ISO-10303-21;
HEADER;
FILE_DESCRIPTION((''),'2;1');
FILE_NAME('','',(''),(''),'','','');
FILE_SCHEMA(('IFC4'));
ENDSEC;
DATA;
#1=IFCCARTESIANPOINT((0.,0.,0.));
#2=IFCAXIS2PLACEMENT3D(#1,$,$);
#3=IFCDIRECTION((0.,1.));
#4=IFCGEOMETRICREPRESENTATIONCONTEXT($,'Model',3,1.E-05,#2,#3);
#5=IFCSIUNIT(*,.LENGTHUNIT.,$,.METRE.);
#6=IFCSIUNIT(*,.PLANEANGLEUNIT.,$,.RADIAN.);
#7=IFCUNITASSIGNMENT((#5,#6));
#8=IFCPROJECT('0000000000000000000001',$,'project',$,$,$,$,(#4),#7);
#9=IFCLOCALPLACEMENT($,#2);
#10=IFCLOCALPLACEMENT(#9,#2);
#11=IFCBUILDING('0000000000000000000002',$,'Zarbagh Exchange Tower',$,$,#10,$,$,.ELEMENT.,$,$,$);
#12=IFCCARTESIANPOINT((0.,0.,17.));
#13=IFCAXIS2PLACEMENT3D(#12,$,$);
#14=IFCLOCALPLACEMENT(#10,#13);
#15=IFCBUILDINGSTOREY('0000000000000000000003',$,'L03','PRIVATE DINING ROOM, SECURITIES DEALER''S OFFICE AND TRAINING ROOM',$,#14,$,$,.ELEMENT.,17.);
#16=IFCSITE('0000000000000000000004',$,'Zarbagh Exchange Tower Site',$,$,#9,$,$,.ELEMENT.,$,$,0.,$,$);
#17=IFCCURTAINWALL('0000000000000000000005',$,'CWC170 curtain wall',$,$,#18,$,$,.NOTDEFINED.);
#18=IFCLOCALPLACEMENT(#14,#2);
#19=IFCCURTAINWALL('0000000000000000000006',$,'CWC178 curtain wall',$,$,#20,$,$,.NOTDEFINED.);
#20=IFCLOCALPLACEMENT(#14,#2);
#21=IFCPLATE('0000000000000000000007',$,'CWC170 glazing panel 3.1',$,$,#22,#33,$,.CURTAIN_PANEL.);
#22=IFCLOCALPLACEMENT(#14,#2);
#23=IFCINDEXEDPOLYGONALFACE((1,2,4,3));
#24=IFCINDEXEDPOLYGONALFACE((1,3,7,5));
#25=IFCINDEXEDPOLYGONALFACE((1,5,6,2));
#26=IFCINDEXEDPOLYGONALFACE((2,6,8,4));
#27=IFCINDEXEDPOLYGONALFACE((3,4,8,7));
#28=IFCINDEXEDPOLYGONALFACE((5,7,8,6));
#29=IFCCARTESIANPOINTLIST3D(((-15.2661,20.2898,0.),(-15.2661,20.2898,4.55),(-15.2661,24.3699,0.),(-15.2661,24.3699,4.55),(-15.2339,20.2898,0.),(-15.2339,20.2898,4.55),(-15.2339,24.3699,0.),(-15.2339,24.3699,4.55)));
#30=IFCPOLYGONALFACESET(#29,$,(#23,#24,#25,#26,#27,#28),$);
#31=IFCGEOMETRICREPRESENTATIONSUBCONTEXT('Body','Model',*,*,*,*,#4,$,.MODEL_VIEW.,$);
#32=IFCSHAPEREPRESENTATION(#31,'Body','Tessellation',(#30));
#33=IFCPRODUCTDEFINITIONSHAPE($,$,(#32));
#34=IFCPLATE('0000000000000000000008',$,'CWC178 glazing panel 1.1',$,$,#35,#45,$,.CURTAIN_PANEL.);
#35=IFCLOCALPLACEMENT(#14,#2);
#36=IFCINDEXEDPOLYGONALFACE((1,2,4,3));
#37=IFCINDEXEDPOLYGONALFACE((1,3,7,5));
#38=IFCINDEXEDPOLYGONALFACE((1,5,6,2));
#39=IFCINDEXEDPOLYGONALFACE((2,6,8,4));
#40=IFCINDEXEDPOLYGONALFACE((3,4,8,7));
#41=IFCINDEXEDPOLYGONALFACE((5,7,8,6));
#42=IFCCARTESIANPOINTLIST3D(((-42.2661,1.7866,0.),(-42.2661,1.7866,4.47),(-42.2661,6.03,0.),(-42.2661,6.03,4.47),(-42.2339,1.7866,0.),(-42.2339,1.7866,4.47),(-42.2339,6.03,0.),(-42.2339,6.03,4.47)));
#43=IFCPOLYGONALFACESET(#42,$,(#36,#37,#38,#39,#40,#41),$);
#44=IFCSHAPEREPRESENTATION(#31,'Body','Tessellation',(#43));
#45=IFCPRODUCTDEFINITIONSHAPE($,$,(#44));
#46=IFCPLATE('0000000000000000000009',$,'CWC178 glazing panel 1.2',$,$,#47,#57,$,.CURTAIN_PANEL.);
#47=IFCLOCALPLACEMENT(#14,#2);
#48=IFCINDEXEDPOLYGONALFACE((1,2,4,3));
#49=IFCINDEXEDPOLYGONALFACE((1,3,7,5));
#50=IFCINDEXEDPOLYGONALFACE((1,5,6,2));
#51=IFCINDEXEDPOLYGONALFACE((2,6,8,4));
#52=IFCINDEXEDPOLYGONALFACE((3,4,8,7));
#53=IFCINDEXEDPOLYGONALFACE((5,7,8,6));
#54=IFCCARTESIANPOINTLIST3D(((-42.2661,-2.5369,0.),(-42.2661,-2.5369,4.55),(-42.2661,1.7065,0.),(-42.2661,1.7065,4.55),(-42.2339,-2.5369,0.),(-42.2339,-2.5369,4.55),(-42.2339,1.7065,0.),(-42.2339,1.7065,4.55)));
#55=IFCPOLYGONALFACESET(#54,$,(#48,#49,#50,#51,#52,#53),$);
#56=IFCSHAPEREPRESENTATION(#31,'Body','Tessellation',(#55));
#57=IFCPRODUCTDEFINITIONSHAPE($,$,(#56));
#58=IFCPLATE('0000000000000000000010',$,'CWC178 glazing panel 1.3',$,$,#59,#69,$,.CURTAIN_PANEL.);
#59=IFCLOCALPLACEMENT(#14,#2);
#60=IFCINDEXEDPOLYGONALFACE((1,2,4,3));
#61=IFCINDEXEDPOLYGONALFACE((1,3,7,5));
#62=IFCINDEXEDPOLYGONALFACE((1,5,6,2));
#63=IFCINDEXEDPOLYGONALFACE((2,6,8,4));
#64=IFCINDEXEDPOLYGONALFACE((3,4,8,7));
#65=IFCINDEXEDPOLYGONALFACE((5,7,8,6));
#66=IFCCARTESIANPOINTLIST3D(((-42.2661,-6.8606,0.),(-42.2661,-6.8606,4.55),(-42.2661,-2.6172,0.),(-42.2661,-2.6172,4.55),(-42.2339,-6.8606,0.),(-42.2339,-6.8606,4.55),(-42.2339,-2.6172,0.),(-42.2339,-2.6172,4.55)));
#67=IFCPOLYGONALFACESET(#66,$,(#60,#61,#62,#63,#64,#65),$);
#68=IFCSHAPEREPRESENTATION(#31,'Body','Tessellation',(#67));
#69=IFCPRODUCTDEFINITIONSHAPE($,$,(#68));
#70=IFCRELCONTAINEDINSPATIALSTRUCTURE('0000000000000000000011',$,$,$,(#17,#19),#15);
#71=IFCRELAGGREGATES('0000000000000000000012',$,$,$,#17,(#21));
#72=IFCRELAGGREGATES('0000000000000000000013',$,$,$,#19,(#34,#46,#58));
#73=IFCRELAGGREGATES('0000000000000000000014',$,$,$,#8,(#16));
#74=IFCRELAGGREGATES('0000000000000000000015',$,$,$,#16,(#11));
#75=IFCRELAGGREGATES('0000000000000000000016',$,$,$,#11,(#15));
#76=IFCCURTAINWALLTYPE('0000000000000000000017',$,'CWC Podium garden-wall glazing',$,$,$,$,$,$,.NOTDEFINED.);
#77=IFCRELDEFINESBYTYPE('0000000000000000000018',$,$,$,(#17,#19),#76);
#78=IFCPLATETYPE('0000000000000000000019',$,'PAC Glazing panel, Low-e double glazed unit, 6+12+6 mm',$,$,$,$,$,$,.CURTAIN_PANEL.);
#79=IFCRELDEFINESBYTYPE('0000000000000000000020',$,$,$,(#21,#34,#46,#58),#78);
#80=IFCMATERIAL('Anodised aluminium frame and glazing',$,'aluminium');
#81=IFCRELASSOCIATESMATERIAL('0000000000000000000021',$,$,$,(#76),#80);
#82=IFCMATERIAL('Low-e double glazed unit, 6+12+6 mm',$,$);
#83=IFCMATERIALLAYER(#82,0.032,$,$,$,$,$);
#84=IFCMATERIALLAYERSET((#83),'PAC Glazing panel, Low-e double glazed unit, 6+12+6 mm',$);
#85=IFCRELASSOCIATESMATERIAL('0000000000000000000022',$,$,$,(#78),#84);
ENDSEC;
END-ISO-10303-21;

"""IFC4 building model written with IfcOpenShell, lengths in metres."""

from ifc_helpers import new_model, si_unit, direction, frame, origin, place, context, subcontext, project, spatial, polyline, outline, extrude, source, transform, mapped, material, layer, layer_set, type_object, element, aggregate, save


model = new_model("IFC4")

# Units and contexts
model_context = context("Model", 3, precision=1e-05, world=origin(), true_north=direction((0.0, 1.0)))
body_context = subcontext(model_context, "Body", "Model", "MODEL_VIEW")
ifc_project = project(units=[si_unit("LENGTHUNIT", "METRE"), si_unit("PLANEANGLEUNIT", "RADIAN")], contexts=[model_context])

# Site, building, storey
site_placement = place(None, origin())
site = spatial("IfcSite", under=ifc_project, at=site_placement, Name="Zarbagh Exchange Tower Site", CompositionType="ELEMENT", RefElevation=0.0)
building_placement = place(site_placement, origin())
building = spatial("IfcBuilding", under=site, at=building_placement, Name="Zarbagh Exchange Tower", CompositionType="ELEMENT")
storey_placement = place(building_placement, frame((0.0, 0.0, 17.0)))
storey = spatial("IfcBuildingStorey", under=building, at=storey_placement, Name="L03", Description="PRIVATE DINING ROOM, SECURITIES DEALER'S OFFICE AND TRAINING ROOM", CompositionType="ELEMENT", Elevation=17.0)

# Curtain wall
ifc_material_1 = material(Name="Anodised aluminium frame and glazing", Category="aluminium")
curtain_wall_type = type_object("IfcCurtainWallType", Name="CWC Podium garden-wall glazing", PredefinedType="NOTDEFINED", material=ifc_material_1)
curtain_wall_1_placement = place(storey_placement, origin())
curtain_wall_1 = element("IfcCurtainWall", 1, at=curtain_wall_1_placement, inside=storey, type_object=curtain_wall_type, Name="CWC170 curtain wall", PredefinedType="NOTDEFINED")
placement = place(storey_placement, origin())

# Curtain wall
curtain_wall_2_placement = place(storey_placement, origin())
curtain_wall_2 = element("IfcCurtainWall", 2, at=curtain_wall_2_placement, inside=storey, type_object=curtain_wall_type, Name="CWC178 curtain wall", PredefinedType="NOTDEFINED")

# Shared definitions
ifc_material_2 = material(Name="Low-e double glazed unit, 6+12+6 mm")
ifc_layer = layer(ifc_material_2, 0.032)
ifc_layer_set = layer_set([ifc_layer], Name="PAC Glazing panel, Low-e double glazed unit, 6+12+6 mm")
plate_type = type_object("IfcPlateType", Name="PAC Glazing panel, Low-e double glazed unit, 6+12+6 mm", PredefinedType="CURTAIN_PANEL", material=ifc_layer_set)

# Plates
shared_shape_1 = source(origin(), body_context, "Body", "SweptSolid", [
    extrude(outline(polyline([(0.0, -0.0161), (4.0801, -0.0161), (4.0801, 0.0161), (0.0, 0.0161), (0.0, -0.0161)])), origin(), (0.0, 0.0, 1.0), 4.55),
])
plate_1 = element("IfcPlate", 3, at=placement, type_object=plate_type, Name="CWC170 glazing panel 3.1", PredefinedType="CURTAIN_PANEL", context=body_context, shape_type="MappedRepresentation", body=[
    mapped(shared_shape_1, transform((-15.25, 24.3699, 0.0), x_axis=(0.0, -1.0, 0.0), y_axis=(1.0, 0.0, 0.0), z_axis=(0.0, 0.0, 1.0))),
])
aggregate(curtain_wall_1, [plate_1])
shared_shape_2 = source(origin(), body_context, "Body", "SweptSolid", [
    extrude(outline(polyline([(0.0, -0.0161), (4.2434, -0.0161), (4.2434, 0.0161), (0.0, 0.0161), (0.0, -0.0161)])), origin(), (0.0, 0.0, 1.0), 4.47),
])
plate_2 = element("IfcPlate", 4, at=placement, type_object=plate_type, Name="CWC178 glazing panel 1.1", PredefinedType="CURTAIN_PANEL", context=body_context, shape_type="MappedRepresentation", body=[
    mapped(shared_shape_2, transform((-42.25, 6.03, 0.0), x_axis=(0.0, -1.0, 0.0), y_axis=(1.0, 0.0, 0.0), z_axis=(0.0, 0.0, 1.0))),
])
shared_shape_3 = source(origin(), body_context, "Body", "SweptSolid", [
    extrude(outline(polyline([(0.0, -0.0161), (4.2434, -0.0161), (4.2434, 0.0161), (0.0, 0.0161), (0.0, -0.0161)])), origin(), (0.0, 0.0, 1.0), 4.55),
])
plate_3 = element("IfcPlate", 5, at=placement, type_object=plate_type, Name="CWC178 glazing panel 1.2", PredefinedType="CURTAIN_PANEL", context=body_context, shape_type="MappedRepresentation", body=[
    mapped(shared_shape_3, transform((-42.25, 1.7065, 0.0), x_axis=(0.0, -1.0, 0.0), y_axis=(1.0, 0.0, 0.0), z_axis=(0.0, 0.0, 1.0))),
])
plate_4 = element("IfcPlate", 6, at=placement, type_object=plate_type, Name="CWC178 glazing panel 1.3", PredefinedType="CURTAIN_PANEL", context=body_context, shape_type="MappedRepresentation", body=[
    mapped(shared_shape_3, transform((-42.25, -2.6172, 0.0), x_axis=(0.0, -1.0, 0.0), y_axis=(1.0, 0.0, 0.0), z_axis=(0.0, 0.0, 1.0))),
])
aggregate(curtain_wall_2, [plate_2, plate_3, plate_4])

save(model, "model.ifc")
